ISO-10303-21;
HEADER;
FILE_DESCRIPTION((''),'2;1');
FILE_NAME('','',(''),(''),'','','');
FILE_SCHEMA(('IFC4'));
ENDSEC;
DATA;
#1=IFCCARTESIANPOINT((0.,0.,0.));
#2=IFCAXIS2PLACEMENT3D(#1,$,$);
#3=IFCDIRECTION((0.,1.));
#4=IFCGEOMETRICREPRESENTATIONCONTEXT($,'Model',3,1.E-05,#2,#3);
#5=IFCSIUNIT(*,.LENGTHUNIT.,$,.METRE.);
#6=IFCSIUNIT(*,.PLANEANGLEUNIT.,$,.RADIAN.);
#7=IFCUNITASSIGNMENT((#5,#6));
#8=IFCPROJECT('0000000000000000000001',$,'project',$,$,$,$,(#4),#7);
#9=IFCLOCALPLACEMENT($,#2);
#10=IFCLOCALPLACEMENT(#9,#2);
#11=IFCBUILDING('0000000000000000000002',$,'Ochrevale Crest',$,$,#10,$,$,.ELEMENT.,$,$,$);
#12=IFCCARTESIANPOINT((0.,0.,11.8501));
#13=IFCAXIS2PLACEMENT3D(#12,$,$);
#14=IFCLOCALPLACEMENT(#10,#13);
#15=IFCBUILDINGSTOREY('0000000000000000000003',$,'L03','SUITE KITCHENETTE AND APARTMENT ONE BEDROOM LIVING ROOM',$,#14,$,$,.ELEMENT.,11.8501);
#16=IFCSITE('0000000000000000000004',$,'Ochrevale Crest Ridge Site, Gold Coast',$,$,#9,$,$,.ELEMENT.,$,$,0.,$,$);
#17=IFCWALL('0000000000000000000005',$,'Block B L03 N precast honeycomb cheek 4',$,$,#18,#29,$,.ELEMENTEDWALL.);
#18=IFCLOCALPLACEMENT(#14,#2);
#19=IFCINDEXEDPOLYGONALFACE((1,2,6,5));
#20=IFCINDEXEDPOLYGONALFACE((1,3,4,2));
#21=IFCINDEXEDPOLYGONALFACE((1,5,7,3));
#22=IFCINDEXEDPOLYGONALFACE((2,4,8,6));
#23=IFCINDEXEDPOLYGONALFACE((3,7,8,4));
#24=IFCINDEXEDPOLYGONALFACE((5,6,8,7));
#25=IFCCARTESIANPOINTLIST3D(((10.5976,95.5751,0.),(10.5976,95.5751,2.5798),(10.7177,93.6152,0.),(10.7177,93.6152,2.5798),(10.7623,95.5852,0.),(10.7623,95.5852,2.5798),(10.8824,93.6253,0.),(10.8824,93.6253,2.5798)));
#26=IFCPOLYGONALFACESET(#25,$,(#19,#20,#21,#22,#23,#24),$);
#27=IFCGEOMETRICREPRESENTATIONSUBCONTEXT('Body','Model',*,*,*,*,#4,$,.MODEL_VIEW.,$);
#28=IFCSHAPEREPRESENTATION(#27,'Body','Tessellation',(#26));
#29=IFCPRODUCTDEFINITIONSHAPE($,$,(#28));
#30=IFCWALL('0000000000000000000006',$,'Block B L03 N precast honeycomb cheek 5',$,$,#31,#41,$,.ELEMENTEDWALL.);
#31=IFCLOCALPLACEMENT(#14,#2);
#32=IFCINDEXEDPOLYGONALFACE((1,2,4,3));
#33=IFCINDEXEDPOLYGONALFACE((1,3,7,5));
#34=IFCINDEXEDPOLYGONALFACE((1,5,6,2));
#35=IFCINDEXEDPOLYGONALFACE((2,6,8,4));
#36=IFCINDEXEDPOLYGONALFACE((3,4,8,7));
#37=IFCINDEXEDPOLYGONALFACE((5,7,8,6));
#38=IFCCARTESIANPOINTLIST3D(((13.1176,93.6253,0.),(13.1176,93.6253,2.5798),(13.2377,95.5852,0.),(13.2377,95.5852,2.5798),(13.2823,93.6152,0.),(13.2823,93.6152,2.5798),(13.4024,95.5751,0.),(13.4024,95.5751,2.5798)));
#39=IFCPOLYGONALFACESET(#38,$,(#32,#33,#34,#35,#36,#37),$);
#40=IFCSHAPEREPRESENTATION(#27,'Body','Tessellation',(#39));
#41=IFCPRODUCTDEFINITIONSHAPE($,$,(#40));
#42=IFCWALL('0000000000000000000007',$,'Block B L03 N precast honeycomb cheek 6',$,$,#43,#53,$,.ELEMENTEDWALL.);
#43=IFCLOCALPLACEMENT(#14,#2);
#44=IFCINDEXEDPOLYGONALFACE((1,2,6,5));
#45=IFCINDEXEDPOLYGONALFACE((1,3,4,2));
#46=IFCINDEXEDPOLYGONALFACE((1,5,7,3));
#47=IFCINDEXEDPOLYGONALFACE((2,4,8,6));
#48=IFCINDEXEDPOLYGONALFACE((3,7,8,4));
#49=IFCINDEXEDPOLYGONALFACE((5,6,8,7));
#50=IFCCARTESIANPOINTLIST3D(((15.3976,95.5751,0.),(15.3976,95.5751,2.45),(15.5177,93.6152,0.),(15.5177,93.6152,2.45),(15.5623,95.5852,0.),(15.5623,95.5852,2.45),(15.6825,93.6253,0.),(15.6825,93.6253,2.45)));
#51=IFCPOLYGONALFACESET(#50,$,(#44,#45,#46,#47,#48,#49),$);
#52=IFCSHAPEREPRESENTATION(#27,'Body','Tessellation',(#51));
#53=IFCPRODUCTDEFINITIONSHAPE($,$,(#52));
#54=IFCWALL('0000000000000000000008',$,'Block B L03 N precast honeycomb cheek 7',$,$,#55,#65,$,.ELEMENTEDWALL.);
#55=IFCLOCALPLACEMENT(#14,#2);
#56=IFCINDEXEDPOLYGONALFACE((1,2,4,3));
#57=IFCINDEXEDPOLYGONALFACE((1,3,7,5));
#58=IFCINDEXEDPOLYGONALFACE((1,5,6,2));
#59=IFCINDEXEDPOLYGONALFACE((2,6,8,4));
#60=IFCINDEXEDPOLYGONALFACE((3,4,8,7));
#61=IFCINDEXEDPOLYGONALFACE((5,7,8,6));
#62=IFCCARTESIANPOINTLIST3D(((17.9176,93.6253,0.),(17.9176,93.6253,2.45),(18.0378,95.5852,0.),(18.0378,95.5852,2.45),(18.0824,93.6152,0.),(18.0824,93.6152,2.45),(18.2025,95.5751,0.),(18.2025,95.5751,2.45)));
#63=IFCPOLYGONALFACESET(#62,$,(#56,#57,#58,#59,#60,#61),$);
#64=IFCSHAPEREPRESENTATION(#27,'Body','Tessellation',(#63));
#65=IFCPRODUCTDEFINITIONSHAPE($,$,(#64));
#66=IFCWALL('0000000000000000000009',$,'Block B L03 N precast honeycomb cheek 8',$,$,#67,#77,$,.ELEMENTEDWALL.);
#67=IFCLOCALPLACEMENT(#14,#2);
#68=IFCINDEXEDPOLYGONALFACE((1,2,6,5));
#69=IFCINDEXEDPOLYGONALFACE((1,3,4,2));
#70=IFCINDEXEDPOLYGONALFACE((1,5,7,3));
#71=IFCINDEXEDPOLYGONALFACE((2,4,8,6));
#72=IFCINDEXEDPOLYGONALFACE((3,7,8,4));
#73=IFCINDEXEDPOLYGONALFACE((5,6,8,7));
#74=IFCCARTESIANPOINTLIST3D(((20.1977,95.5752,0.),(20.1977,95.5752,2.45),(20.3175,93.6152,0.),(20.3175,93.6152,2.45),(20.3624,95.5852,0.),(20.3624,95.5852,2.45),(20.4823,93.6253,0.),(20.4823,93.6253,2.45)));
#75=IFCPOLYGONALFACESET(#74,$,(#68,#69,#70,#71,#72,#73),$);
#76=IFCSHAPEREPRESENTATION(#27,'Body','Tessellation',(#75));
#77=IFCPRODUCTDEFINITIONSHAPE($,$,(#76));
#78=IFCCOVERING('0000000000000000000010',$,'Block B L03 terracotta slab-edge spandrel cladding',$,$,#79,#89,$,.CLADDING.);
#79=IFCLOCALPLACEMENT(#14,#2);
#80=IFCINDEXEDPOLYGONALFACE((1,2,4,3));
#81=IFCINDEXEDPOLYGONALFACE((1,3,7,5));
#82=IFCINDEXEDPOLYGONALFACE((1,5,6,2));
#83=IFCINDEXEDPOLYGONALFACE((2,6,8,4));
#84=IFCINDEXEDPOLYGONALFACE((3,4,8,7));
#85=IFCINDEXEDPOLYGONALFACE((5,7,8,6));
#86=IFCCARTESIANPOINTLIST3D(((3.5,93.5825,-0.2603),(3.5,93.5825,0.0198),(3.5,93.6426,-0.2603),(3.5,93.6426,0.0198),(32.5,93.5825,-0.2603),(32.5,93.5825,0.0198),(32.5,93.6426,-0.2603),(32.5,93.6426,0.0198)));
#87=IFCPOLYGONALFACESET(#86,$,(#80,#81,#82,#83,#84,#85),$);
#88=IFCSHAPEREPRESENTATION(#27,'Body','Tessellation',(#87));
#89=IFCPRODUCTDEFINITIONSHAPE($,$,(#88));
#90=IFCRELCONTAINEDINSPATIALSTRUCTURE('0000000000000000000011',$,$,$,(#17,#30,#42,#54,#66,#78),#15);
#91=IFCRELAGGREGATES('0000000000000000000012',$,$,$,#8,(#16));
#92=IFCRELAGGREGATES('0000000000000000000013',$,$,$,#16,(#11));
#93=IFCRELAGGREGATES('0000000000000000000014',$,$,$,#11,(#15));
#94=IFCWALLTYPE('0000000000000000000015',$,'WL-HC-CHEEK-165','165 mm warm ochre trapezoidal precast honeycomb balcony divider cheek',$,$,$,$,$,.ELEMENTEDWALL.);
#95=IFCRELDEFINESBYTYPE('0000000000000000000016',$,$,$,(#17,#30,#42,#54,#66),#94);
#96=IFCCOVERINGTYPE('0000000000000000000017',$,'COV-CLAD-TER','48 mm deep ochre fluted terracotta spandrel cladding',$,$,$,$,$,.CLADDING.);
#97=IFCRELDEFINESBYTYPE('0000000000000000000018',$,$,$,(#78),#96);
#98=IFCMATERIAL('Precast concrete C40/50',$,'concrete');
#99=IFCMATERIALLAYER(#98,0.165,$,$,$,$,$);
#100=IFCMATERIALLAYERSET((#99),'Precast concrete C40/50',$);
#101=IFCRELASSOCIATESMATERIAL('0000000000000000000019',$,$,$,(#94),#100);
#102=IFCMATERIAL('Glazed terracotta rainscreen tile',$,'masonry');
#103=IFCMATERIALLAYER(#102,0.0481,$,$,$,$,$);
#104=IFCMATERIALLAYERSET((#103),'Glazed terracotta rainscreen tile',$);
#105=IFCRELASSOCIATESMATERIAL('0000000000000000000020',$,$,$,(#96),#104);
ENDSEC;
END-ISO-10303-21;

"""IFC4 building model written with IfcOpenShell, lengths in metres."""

from ifc_helpers import new_model, si_unit, direction, frame, frame_2d, origin, origin_2d, place, context, subcontext, project, spatial, rectangle, extrude, material, layer, layer_set, type_object, element, save


model = new_model("IFC4")

# Units and contexts
model_context = context("Model", 3, precision=1e-05, world=origin(), true_north=direction((0.0, 1.0)))
body_context = subcontext(model_context, "Body", "Model", "MODEL_VIEW")
ifc_project = project(units=[si_unit("LENGTHUNIT", "METRE"), si_unit("PLANEANGLEUNIT", "RADIAN")], contexts=[model_context])

# Site, building, storey
site_placement = place(None, origin())
site = spatial("IfcSite", under=ifc_project, at=site_placement, Name="Ochrevale Crest Ridge Site, Gold Coast", CompositionType="ELEMENT", RefElevation=0.0)
building_placement = place(site_placement, origin())
building = spatial("IfcBuilding", under=site, at=building_placement, Name="Ochrevale Crest", CompositionType="ELEMENT")
storey_placement = place(building_placement, frame((0.0, 0.0, 11.8501)))
storey = spatial("IfcBuildingStorey", under=building, at=storey_placement, Name="L03", Description="SUITE KITCHENETTE AND APARTMENT ONE BEDROOM LIVING ROOM", CompositionType="ELEMENT", Elevation=11.8501)

# Shared definitions
ifc_material_1 = material(Name="Precast concrete C40/50", Category="concrete")

# Walls
ifc_layer_1 = layer(ifc_material_1, 0.165)
ifc_layer_set_1 = layer_set([ifc_layer_1], Name="Precast concrete C40/50")
wall_type = type_object("IfcWallType", Name="WL-HC-CHEEK-165", Description="165 mm warm ochre trapezoidal precast honeycomb balcony divider cheek", PredefinedType="ELEMENTEDWALL", material=ifc_layer_set_1)
for number, where, z_axis, x_axis, name in (
    (1, (10.8, 93.6201, 0.0), (0.0, 0.0, 1.0), (-0.061171, 0.998127, 0.0), "Block B L03 N precast honeycomb cheek 4"),
    (2, (13.2, 93.6201, 0.0), (0.0, 0.0, 1.0), (0.061171, 0.998127, 0.0), "Block B L03 N precast honeycomb cheek 5"),
):
    element("IfcWall", number, at=place(storey_placement, frame(where, z_axis=z_axis, x_axis=x_axis)), inside=storey, type_object=wall_type, Name=name, PredefinedType="ELEMENTEDWALL", context=body_context, shape_type="SweptSolid", body=[
        extrude(rectangle(XDim=1.9636, YDim=0.165, at=frame_2d((0.9819, 0.0))), origin(), (0.0, 0.0, 1.0), 2.5798),
    ])
for number, where, z_axis, x_axis, name in (
    (3, (15.6001, 93.6201, 0.0), (0.0, 0.0, 1.0), (-0.061171, 0.998127, 0.0), "Block B L03 N precast honeycomb cheek 6"),
    (4, (18.0, 93.6201, 0.0), (0.0, 0.0, 1.0), (0.061171, 0.998127, 0.0), "Block B L03 N precast honeycomb cheek 7"),
    (5, (20.3999, 93.6201, 0.0), (0.0, 0.0, 1.0), (-0.061047, 0.998135, 0.0), "Block B L03 N precast honeycomb cheek 8"),
):
    element("IfcWall", number, at=place(storey_placement, frame(where, z_axis=z_axis, x_axis=x_axis)), inside=storey, type_object=wall_type, Name=name, PredefinedType="ELEMENTEDWALL", context=body_context, shape_type="SweptSolid", body=[
        extrude(rectangle(XDim=1.9636, YDim=0.165, at=frame_2d((0.9819, 0.0))), origin(), (0.0, 0.0, 1.0), 2.45),
    ])

# Covering
ifc_material_2 = material(Name="Glazed terracotta rainscreen tile", Category="masonry")
ifc_layer_2 = layer(ifc_material_2, 0.0481)
ifc_layer_set_2 = layer_set([ifc_layer_2], Name="Glazed terracotta rainscreen tile")
covering_type = type_object("IfcCoveringType", Name="COV-CLAD-TER", Description="48 mm deep ochre fluted terracotta spandrel cladding", PredefinedType="CLADDING", material=ifc_layer_set_2)
covering_placement = place(storey_placement, frame((18.0, 93.6125, -0.2603), z_axis=(0.0, 0.0, 1.0), x_axis=(-1.0, 0.0, 0.0)))
element("IfcCovering", 6, at=covering_placement, inside=storey, type_object=covering_type, Name="Block B L03 terracotta slab-edge spandrel cladding", PredefinedType="CLADDING", context=body_context, shape_type="SweptSolid", body=[
    extrude(rectangle(XDim=29.0, YDim=0.0601, at=origin_2d()), origin(), (0.0, 0.0, 1.0), 0.28),
])

save(model, "model.ifc")
